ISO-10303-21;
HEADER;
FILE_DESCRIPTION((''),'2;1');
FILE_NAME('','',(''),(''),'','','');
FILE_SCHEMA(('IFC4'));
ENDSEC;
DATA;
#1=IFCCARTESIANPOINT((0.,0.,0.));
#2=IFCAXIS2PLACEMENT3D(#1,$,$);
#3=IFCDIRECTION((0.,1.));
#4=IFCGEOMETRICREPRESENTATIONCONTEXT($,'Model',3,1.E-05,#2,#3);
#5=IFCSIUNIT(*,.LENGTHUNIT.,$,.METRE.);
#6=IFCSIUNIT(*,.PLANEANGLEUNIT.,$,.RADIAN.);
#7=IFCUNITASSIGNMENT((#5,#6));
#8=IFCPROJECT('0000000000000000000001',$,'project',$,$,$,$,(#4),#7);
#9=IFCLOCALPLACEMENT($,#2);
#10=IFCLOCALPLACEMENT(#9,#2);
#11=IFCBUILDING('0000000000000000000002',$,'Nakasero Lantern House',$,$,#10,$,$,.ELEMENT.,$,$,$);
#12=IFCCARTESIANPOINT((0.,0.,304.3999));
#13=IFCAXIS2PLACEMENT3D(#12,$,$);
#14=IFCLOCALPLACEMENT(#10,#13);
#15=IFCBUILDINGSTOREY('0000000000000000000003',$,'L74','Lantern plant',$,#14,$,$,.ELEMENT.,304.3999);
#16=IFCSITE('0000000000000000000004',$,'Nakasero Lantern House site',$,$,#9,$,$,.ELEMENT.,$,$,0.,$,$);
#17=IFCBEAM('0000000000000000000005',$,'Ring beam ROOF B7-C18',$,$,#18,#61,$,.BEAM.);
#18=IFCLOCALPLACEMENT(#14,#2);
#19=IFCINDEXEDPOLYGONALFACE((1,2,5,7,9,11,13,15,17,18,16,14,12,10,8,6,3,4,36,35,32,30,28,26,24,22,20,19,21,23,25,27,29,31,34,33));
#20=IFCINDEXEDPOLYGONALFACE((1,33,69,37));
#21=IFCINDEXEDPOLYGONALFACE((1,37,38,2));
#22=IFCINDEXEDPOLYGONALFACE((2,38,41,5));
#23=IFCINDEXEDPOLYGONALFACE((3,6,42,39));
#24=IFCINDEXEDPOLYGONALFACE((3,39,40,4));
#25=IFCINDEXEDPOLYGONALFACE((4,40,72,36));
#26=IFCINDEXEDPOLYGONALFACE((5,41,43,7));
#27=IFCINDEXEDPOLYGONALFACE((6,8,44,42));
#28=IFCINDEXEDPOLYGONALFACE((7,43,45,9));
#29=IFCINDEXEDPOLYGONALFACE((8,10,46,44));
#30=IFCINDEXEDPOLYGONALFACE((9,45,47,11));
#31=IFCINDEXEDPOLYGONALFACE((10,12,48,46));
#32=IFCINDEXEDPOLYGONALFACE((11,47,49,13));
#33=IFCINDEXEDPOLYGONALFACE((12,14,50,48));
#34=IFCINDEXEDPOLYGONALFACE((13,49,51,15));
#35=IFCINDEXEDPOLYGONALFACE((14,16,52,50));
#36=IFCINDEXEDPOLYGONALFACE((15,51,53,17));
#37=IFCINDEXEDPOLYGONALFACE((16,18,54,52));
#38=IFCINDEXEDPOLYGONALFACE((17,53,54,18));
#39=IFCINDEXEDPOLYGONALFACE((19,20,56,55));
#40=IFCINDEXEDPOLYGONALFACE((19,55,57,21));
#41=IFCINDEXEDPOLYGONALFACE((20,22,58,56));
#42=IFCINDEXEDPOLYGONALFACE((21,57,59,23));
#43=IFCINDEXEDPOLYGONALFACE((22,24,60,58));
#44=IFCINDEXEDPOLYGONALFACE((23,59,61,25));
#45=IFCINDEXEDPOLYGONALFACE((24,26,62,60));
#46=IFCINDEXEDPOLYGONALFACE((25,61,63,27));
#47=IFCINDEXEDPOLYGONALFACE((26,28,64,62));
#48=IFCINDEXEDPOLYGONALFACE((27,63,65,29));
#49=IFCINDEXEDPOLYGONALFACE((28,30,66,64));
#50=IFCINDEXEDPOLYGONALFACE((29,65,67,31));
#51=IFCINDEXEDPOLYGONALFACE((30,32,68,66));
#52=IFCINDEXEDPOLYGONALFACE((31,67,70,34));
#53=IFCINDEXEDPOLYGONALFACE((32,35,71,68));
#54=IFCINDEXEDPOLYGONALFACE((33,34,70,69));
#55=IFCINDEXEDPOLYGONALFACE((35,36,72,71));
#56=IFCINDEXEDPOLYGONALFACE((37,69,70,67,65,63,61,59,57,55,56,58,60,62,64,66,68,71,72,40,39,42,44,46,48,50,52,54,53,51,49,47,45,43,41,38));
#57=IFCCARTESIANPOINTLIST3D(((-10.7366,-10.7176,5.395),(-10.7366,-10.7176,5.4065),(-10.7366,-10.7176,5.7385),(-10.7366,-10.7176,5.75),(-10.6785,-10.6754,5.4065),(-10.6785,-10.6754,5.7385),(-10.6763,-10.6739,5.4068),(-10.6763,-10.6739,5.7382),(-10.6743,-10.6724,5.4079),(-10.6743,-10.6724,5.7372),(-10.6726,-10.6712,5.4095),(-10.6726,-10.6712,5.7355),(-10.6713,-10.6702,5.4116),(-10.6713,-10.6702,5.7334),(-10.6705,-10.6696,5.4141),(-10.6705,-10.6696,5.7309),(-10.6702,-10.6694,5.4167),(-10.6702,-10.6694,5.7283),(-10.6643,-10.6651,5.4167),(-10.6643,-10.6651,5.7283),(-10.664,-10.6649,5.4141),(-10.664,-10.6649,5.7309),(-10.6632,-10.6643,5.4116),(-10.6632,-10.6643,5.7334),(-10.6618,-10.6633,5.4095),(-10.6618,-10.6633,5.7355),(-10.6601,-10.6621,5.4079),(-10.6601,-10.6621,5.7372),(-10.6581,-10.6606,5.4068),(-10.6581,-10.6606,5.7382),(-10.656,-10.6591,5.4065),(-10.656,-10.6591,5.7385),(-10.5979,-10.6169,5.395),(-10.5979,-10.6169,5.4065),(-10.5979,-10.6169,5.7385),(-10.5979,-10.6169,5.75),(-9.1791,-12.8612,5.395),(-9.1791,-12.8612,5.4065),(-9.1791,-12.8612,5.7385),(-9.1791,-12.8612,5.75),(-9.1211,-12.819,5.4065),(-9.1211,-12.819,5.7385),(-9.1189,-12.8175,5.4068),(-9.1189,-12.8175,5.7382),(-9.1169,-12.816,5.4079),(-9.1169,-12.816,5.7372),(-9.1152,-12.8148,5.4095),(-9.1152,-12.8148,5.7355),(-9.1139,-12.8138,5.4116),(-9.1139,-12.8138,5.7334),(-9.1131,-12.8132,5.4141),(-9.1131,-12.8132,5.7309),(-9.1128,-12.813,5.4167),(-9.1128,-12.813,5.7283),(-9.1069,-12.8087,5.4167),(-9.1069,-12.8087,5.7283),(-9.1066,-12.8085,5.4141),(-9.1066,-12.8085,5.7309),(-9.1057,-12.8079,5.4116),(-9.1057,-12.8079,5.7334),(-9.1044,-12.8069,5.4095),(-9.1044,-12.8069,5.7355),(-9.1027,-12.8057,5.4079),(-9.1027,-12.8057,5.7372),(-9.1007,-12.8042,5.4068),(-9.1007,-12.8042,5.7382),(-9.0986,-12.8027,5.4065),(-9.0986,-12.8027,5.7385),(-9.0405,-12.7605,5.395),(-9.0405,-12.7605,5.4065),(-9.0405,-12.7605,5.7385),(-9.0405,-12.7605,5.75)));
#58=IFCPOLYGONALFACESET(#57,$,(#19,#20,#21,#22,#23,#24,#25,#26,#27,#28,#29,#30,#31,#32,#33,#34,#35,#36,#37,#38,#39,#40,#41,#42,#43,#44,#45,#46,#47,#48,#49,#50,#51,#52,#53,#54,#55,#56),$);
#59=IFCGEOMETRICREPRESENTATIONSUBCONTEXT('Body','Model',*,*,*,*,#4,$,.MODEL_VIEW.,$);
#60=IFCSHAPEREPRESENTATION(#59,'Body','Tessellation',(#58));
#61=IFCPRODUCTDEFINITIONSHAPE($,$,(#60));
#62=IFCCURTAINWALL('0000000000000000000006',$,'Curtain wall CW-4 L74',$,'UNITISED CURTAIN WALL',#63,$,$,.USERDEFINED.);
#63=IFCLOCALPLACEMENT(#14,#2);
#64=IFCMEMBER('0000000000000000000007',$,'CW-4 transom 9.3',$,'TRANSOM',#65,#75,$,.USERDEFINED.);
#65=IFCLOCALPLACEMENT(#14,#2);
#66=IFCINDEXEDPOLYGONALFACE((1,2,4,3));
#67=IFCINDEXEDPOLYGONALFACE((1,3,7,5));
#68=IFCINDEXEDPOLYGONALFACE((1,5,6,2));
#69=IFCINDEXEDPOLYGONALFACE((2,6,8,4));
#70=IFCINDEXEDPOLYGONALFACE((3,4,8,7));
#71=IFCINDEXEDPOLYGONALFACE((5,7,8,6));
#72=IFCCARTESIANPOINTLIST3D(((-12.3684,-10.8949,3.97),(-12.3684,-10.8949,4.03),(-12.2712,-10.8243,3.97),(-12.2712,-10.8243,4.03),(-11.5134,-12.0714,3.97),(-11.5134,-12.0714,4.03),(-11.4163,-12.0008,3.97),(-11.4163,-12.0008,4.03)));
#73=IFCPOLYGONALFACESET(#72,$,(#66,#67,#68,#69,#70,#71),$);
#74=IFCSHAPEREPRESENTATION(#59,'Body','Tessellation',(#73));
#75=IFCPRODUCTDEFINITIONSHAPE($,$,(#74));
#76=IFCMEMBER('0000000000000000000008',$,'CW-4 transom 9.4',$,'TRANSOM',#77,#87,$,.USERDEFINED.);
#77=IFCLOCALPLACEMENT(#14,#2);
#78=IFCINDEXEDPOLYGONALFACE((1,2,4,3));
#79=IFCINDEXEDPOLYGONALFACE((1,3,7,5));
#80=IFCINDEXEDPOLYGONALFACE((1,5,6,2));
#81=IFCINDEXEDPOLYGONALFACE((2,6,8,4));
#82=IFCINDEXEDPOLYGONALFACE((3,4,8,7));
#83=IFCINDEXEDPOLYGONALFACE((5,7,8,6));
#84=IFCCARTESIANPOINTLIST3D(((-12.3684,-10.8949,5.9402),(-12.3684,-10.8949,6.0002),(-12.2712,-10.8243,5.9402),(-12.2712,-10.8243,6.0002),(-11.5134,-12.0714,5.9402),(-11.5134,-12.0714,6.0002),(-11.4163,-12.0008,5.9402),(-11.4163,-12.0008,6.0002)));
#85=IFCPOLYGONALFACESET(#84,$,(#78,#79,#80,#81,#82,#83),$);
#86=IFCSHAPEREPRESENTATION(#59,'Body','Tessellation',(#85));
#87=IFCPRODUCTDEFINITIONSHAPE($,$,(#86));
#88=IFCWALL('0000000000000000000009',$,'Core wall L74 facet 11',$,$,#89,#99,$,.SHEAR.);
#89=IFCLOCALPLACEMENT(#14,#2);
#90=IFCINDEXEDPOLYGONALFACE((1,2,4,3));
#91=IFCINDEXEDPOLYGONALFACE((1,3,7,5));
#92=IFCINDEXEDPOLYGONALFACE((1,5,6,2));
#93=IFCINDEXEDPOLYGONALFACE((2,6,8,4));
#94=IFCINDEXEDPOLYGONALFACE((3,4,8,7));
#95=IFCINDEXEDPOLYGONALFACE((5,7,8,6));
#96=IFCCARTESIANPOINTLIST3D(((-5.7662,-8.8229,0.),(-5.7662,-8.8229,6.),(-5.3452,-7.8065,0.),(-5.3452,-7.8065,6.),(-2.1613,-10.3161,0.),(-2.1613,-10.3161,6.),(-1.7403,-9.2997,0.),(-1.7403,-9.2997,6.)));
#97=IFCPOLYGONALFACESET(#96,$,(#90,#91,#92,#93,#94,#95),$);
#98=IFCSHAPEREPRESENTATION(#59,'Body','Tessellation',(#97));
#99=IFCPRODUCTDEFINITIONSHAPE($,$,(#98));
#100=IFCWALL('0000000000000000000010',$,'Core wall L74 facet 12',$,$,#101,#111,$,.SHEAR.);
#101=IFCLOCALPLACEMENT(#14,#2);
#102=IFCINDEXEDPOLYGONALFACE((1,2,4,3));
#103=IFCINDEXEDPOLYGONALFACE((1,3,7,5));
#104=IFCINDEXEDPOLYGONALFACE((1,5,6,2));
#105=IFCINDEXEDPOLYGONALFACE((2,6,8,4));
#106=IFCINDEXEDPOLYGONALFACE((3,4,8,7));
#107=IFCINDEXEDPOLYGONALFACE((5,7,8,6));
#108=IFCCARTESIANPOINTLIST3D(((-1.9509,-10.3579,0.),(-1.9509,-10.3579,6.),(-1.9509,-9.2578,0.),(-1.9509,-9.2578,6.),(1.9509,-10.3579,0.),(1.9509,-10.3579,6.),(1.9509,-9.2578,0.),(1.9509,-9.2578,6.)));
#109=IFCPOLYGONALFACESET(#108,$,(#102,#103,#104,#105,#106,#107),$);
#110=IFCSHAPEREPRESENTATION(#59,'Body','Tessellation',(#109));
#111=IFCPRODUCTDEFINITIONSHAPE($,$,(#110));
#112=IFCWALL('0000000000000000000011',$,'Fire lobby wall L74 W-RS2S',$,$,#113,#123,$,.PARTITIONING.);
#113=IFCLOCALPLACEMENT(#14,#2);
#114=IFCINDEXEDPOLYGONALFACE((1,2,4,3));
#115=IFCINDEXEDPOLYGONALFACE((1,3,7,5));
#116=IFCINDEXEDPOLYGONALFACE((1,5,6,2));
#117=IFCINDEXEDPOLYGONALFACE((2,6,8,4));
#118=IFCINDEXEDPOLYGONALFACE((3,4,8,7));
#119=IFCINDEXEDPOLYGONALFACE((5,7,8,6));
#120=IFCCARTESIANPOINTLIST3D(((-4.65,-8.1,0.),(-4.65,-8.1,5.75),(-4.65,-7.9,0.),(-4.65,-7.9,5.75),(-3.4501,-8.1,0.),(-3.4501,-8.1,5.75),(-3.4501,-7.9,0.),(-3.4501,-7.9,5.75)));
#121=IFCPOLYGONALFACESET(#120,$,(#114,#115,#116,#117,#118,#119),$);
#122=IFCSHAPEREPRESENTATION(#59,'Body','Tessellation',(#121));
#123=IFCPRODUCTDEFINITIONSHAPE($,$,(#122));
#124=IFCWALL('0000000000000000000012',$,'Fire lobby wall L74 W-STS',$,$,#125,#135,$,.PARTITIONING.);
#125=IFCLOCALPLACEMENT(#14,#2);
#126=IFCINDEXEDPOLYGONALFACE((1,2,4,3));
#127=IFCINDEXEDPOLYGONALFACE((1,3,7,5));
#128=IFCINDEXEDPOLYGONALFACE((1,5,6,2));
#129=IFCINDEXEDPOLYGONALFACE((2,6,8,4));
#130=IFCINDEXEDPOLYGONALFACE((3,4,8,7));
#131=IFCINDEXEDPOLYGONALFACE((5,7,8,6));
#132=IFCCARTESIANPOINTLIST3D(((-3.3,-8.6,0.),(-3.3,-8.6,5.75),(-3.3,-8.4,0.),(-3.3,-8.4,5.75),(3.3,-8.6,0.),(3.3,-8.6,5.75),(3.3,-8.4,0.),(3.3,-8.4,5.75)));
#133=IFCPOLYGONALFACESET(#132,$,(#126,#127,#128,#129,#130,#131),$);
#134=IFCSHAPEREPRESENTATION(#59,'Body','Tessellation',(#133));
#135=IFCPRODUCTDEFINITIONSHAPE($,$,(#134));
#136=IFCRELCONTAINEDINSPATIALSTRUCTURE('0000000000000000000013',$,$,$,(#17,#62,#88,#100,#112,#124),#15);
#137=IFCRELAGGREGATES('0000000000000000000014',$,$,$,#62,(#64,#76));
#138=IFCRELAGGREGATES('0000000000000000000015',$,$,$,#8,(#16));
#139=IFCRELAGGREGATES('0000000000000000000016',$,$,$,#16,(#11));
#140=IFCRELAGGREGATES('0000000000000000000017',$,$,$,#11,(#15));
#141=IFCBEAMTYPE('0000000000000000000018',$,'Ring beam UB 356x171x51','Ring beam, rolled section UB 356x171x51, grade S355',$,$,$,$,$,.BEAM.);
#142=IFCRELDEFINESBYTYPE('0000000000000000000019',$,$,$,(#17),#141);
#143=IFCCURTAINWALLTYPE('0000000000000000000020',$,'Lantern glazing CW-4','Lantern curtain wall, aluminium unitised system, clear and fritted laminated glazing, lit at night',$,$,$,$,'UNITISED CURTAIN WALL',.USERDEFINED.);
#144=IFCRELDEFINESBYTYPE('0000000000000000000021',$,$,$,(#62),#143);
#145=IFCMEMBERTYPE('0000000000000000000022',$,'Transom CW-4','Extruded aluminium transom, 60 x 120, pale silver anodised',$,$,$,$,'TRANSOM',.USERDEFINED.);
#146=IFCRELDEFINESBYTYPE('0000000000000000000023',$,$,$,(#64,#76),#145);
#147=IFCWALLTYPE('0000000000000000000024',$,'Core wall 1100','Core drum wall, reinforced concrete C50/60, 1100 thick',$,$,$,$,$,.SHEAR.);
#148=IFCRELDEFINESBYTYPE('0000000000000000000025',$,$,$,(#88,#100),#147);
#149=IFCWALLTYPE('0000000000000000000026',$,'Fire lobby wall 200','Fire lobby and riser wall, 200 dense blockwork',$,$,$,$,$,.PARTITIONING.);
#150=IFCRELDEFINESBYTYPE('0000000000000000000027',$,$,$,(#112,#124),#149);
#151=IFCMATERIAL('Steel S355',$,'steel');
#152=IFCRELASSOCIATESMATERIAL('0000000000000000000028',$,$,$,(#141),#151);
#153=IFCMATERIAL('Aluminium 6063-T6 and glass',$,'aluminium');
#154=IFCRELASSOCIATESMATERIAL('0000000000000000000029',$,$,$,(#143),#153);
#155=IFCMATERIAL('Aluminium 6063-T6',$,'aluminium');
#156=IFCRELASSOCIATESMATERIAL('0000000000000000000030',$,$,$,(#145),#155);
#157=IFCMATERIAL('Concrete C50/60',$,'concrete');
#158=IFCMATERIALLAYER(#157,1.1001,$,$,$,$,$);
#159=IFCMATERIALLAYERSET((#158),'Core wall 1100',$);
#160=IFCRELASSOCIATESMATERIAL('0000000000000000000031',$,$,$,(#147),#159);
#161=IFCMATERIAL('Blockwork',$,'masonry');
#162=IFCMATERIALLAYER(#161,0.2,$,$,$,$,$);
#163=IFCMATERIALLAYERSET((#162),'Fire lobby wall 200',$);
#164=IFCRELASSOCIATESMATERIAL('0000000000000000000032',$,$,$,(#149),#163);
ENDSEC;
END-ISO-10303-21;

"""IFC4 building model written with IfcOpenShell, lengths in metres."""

from ifc_helpers import new_model, si_unit, direction, frame, frame_2d, origin, origin_2d, place, context, subcontext, project, spatial, rectangle, i_section, extrude, material, layer, layer_set, material_profile, profile_set, type_object, element, aggregate, save


model = new_model("IFC4")

# Units and contexts
model_context = context("Model", 3, precision=1e-05, world=origin(), true_north=direction((0.0, 1.0)))
body_context = subcontext(model_context, "Body", "Model", "MODEL_VIEW")
ifc_project = project(units=[si_unit("LENGTHUNIT", "METRE"), si_unit("PLANEANGLEUNIT", "RADIAN")], contexts=[model_context])

# Site, building, storey
site_placement = place(None, origin())
site = spatial("IfcSite", under=ifc_project, at=site_placement, Name="Nakasero Lantern House site", CompositionType="ELEMENT", RefElevation=0.0)
building_placement = place(site_placement, origin())
building = spatial("IfcBuilding", under=site, at=building_placement, Name="Nakasero Lantern House", CompositionType="ELEMENT")
storey_placement = place(building_placement, frame((0.0, 0.0, 304.3999)))
storey = spatial("IfcBuildingStorey", under=building, at=storey_placement, Name="L74", Description="Lantern plant", CompositionType="ELEMENT", Elevation=304.3999)

# Beam
ifc_material_1 = material(Name="Steel S355", Category="steel")
ifc_material_profile_1 = material_profile(ifc_material_1, i_section(OverallWidth=0.1714, OverallDepth=0.355, WebThickness=0.0073, FlangeThickness=0.0115, FilletRadius=0.0103, at=origin_2d()), Name="UB 356x171x51")
ifc_profile_set_1 = profile_set([ifc_material_profile_1], Name="Steel S355")
beam_type_1 = type_object("IfcBeamType", Name="Ring beam UB 356x171x51", Description="Ring beam, rolled section UB 356x171x51, grade S355", PredefinedType="BEAM", material=ifc_profile_set_1)
beam_1_placement = place(storey_placement, frame((-10.6672, -10.6672, 5.5725), z_axis=(0.587783, -0.809019, 0.0), x_axis=(0.809019, 0.587783, 0.0)))
element("IfcBeam", 1, at=beam_1_placement, inside=storey, type_object=beam_type_1, Name="Ring beam ROOF B7-C18", PredefinedType="BEAM", context=body_context, shape_type="SweptSolid", body=[
    extrude(i_section(OverallWidth=0.1714, OverallDepth=0.355, WebThickness=0.0073, FlangeThickness=0.0115, FilletRadius=0.0103, at=origin_2d()), origin(), (0.0, 0.0, 1.0), 2.6497),
])

# Curtain wall, members
ifc_material_2 = material(Name="Aluminium 6063-T6 and glass", Category="aluminium")
curtain_wall_type = type_object("IfcCurtainWallType", Name="Lantern glazing CW-4", Description="Lantern curtain wall, aluminium unitised system, clear and fritted laminated glazing, lit at night", ElementType="UNITISED CURTAIN WALL", PredefinedType="USERDEFINED", material=ifc_material_2)
curtain_wall_placement = place(storey_placement, origin())
curtain_wall = element("IfcCurtainWall", 2, at=curtain_wall_placement, inside=storey, type_object=curtain_wall_type, Name="Curtain wall CW-4 L74", ObjectType="UNITISED CURTAIN WALL", PredefinedType="USERDEFINED")
ifc_material_3 = material(Name="Aluminium 6063-T6", Category="aluminium")
ifc_material_profile_2 = material_profile(ifc_material_3, rectangle(XDim=0.0601, YDim=0.1201, at=origin_2d()), Name="CW-4 transom 60x120")
ifc_profile_set_2 = profile_set([ifc_material_profile_2], Name="Aluminium 6063-T6")
member_type = type_object("IfcMemberType", Name="Transom CW-4", Description="Extruded aluminium transom, 60 x 120, pale silver anodised", ElementType="TRANSOM", PredefinedType="USERDEFINED", material=ifc_profile_set_2)
member_1_placement = place(storey_placement, frame((-12.3198, -10.8596, 4.0), z_axis=(0.587872, -0.808954, 0.0), x_axis=(0.0, 0.0, 1.0)))
member_1 = element("IfcMember", 3, at=member_1_placement, type_object=member_type, Name="CW-4 transom 9.3", ObjectType="TRANSOM", PredefinedType="USERDEFINED", context=body_context, shape_type="SweptSolid", body=[
    extrude(rectangle(XDim=0.0601, YDim=0.1201, at=origin_2d()), origin(), (0.0, 0.0, 1.0), 1.4543),
])
member_2_placement = place(storey_placement, frame((-12.3198, -10.8596, 5.9702), z_axis=(0.587872, -0.808954, 0.0), x_axis=(0.0, 0.0, 1.0)))
member_2 = element("IfcMember", 4, at=member_2_placement, type_object=member_type, Name="CW-4 transom 9.4", ObjectType="TRANSOM", PredefinedType="USERDEFINED", context=body_context, shape_type="SweptSolid", body=[
    extrude(rectangle(XDim=0.0601, YDim=0.1201, at=origin_2d()), origin(), (0.0, 0.0, 1.0), 1.4543),
])
aggregate(curtain_wall, [member_1, member_2])

# Walls
ifc_material_4 = material(Name="Concrete C50/60", Category="concrete")
ifc_layer_1 = layer(ifc_material_4, 1.1001)
ifc_layer_set_1 = layer_set([ifc_layer_1], Name="Core wall 1100")
wall_type_1 = type_object("IfcWallType", Name="Core wall 1100", Description="Core drum wall, reinforced concrete C50/60, 1100 thick", PredefinedType="SHEAR", material=ifc_layer_set_1)
for number, where, z_axis, x_axis, name in (
    (5, (-5.5557, -8.3147, 0.0), (0.0, 0.0, 1.0), (0.923877, -0.382691, 0.0), "Core wall L74 facet 11"),
    (6, (-1.9509, -9.8079, 0.0), (0.0, 0.0, 1.0), (1.0, 0.0, 0.0), "Core wall L74 facet 12"),
):
    element("IfcWall", number, at=place(storey_placement, frame(where, z_axis=z_axis, x_axis=x_axis)), inside=storey, type_object=wall_type_1, Name=name, PredefinedType="SHEAR", context=body_context, shape_type="SweptSolid", body=[
        extrude(rectangle(XDim=3.9019, YDim=1.1001, at=frame_2d((1.9509, 0.0))), origin(), (0.0, 0.0, 1.0), 6.0),
    ])
ifc_material_5 = material(Name="Blockwork", Category="masonry")
ifc_layer_2 = layer(ifc_material_5, 0.2)
ifc_layer_set_2 = layer_set([ifc_layer_2], Name="Fire lobby wall 200")
wall_type_2 = type_object("IfcWallType", Name="Fire lobby wall 200", Description="Fire lobby and riser wall, 200 dense blockwork", PredefinedType="PARTITIONING", material=ifc_layer_set_2)
wall_1_placement = place(storey_placement, frame((-3.45, -8.0, 0.0), z_axis=(0.0, 0.0, 1.0), x_axis=(-1.0, 0.0, 0.0)))
element("IfcWall", 7, at=wall_1_placement, inside=storey, type_object=wall_type_2, Name="Fire lobby wall L74 W-RS2S", PredefinedType="PARTITIONING", context=body_context, shape_type="SweptSolid", body=[
    extrude(rectangle(XDim=1.2, YDim=0.2, at=frame_2d((0.6001, 0.0))), origin(), (0.0, 0.0, 1.0), 5.75),
])
wall_2_placement = place(storey_placement, frame((-3.3, -8.5, 0.0), z_axis=(0.0, 0.0, 1.0), x_axis=(1.0, 0.0, 0.0)))
element("IfcWall", 8, at=wall_2_placement, inside=storey, type_object=wall_type_2, Name="Fire lobby wall L74 W-STS", PredefinedType="PARTITIONING", context=body_context, shape_type="SweptSolid", body=[
    extrude(rectangle(XDim=6.6001, YDim=0.2, at=frame_2d((3.3, 0.0))), origin(), (0.0, 0.0, 1.0), 5.75),
])

save(model, "model.ifc")
